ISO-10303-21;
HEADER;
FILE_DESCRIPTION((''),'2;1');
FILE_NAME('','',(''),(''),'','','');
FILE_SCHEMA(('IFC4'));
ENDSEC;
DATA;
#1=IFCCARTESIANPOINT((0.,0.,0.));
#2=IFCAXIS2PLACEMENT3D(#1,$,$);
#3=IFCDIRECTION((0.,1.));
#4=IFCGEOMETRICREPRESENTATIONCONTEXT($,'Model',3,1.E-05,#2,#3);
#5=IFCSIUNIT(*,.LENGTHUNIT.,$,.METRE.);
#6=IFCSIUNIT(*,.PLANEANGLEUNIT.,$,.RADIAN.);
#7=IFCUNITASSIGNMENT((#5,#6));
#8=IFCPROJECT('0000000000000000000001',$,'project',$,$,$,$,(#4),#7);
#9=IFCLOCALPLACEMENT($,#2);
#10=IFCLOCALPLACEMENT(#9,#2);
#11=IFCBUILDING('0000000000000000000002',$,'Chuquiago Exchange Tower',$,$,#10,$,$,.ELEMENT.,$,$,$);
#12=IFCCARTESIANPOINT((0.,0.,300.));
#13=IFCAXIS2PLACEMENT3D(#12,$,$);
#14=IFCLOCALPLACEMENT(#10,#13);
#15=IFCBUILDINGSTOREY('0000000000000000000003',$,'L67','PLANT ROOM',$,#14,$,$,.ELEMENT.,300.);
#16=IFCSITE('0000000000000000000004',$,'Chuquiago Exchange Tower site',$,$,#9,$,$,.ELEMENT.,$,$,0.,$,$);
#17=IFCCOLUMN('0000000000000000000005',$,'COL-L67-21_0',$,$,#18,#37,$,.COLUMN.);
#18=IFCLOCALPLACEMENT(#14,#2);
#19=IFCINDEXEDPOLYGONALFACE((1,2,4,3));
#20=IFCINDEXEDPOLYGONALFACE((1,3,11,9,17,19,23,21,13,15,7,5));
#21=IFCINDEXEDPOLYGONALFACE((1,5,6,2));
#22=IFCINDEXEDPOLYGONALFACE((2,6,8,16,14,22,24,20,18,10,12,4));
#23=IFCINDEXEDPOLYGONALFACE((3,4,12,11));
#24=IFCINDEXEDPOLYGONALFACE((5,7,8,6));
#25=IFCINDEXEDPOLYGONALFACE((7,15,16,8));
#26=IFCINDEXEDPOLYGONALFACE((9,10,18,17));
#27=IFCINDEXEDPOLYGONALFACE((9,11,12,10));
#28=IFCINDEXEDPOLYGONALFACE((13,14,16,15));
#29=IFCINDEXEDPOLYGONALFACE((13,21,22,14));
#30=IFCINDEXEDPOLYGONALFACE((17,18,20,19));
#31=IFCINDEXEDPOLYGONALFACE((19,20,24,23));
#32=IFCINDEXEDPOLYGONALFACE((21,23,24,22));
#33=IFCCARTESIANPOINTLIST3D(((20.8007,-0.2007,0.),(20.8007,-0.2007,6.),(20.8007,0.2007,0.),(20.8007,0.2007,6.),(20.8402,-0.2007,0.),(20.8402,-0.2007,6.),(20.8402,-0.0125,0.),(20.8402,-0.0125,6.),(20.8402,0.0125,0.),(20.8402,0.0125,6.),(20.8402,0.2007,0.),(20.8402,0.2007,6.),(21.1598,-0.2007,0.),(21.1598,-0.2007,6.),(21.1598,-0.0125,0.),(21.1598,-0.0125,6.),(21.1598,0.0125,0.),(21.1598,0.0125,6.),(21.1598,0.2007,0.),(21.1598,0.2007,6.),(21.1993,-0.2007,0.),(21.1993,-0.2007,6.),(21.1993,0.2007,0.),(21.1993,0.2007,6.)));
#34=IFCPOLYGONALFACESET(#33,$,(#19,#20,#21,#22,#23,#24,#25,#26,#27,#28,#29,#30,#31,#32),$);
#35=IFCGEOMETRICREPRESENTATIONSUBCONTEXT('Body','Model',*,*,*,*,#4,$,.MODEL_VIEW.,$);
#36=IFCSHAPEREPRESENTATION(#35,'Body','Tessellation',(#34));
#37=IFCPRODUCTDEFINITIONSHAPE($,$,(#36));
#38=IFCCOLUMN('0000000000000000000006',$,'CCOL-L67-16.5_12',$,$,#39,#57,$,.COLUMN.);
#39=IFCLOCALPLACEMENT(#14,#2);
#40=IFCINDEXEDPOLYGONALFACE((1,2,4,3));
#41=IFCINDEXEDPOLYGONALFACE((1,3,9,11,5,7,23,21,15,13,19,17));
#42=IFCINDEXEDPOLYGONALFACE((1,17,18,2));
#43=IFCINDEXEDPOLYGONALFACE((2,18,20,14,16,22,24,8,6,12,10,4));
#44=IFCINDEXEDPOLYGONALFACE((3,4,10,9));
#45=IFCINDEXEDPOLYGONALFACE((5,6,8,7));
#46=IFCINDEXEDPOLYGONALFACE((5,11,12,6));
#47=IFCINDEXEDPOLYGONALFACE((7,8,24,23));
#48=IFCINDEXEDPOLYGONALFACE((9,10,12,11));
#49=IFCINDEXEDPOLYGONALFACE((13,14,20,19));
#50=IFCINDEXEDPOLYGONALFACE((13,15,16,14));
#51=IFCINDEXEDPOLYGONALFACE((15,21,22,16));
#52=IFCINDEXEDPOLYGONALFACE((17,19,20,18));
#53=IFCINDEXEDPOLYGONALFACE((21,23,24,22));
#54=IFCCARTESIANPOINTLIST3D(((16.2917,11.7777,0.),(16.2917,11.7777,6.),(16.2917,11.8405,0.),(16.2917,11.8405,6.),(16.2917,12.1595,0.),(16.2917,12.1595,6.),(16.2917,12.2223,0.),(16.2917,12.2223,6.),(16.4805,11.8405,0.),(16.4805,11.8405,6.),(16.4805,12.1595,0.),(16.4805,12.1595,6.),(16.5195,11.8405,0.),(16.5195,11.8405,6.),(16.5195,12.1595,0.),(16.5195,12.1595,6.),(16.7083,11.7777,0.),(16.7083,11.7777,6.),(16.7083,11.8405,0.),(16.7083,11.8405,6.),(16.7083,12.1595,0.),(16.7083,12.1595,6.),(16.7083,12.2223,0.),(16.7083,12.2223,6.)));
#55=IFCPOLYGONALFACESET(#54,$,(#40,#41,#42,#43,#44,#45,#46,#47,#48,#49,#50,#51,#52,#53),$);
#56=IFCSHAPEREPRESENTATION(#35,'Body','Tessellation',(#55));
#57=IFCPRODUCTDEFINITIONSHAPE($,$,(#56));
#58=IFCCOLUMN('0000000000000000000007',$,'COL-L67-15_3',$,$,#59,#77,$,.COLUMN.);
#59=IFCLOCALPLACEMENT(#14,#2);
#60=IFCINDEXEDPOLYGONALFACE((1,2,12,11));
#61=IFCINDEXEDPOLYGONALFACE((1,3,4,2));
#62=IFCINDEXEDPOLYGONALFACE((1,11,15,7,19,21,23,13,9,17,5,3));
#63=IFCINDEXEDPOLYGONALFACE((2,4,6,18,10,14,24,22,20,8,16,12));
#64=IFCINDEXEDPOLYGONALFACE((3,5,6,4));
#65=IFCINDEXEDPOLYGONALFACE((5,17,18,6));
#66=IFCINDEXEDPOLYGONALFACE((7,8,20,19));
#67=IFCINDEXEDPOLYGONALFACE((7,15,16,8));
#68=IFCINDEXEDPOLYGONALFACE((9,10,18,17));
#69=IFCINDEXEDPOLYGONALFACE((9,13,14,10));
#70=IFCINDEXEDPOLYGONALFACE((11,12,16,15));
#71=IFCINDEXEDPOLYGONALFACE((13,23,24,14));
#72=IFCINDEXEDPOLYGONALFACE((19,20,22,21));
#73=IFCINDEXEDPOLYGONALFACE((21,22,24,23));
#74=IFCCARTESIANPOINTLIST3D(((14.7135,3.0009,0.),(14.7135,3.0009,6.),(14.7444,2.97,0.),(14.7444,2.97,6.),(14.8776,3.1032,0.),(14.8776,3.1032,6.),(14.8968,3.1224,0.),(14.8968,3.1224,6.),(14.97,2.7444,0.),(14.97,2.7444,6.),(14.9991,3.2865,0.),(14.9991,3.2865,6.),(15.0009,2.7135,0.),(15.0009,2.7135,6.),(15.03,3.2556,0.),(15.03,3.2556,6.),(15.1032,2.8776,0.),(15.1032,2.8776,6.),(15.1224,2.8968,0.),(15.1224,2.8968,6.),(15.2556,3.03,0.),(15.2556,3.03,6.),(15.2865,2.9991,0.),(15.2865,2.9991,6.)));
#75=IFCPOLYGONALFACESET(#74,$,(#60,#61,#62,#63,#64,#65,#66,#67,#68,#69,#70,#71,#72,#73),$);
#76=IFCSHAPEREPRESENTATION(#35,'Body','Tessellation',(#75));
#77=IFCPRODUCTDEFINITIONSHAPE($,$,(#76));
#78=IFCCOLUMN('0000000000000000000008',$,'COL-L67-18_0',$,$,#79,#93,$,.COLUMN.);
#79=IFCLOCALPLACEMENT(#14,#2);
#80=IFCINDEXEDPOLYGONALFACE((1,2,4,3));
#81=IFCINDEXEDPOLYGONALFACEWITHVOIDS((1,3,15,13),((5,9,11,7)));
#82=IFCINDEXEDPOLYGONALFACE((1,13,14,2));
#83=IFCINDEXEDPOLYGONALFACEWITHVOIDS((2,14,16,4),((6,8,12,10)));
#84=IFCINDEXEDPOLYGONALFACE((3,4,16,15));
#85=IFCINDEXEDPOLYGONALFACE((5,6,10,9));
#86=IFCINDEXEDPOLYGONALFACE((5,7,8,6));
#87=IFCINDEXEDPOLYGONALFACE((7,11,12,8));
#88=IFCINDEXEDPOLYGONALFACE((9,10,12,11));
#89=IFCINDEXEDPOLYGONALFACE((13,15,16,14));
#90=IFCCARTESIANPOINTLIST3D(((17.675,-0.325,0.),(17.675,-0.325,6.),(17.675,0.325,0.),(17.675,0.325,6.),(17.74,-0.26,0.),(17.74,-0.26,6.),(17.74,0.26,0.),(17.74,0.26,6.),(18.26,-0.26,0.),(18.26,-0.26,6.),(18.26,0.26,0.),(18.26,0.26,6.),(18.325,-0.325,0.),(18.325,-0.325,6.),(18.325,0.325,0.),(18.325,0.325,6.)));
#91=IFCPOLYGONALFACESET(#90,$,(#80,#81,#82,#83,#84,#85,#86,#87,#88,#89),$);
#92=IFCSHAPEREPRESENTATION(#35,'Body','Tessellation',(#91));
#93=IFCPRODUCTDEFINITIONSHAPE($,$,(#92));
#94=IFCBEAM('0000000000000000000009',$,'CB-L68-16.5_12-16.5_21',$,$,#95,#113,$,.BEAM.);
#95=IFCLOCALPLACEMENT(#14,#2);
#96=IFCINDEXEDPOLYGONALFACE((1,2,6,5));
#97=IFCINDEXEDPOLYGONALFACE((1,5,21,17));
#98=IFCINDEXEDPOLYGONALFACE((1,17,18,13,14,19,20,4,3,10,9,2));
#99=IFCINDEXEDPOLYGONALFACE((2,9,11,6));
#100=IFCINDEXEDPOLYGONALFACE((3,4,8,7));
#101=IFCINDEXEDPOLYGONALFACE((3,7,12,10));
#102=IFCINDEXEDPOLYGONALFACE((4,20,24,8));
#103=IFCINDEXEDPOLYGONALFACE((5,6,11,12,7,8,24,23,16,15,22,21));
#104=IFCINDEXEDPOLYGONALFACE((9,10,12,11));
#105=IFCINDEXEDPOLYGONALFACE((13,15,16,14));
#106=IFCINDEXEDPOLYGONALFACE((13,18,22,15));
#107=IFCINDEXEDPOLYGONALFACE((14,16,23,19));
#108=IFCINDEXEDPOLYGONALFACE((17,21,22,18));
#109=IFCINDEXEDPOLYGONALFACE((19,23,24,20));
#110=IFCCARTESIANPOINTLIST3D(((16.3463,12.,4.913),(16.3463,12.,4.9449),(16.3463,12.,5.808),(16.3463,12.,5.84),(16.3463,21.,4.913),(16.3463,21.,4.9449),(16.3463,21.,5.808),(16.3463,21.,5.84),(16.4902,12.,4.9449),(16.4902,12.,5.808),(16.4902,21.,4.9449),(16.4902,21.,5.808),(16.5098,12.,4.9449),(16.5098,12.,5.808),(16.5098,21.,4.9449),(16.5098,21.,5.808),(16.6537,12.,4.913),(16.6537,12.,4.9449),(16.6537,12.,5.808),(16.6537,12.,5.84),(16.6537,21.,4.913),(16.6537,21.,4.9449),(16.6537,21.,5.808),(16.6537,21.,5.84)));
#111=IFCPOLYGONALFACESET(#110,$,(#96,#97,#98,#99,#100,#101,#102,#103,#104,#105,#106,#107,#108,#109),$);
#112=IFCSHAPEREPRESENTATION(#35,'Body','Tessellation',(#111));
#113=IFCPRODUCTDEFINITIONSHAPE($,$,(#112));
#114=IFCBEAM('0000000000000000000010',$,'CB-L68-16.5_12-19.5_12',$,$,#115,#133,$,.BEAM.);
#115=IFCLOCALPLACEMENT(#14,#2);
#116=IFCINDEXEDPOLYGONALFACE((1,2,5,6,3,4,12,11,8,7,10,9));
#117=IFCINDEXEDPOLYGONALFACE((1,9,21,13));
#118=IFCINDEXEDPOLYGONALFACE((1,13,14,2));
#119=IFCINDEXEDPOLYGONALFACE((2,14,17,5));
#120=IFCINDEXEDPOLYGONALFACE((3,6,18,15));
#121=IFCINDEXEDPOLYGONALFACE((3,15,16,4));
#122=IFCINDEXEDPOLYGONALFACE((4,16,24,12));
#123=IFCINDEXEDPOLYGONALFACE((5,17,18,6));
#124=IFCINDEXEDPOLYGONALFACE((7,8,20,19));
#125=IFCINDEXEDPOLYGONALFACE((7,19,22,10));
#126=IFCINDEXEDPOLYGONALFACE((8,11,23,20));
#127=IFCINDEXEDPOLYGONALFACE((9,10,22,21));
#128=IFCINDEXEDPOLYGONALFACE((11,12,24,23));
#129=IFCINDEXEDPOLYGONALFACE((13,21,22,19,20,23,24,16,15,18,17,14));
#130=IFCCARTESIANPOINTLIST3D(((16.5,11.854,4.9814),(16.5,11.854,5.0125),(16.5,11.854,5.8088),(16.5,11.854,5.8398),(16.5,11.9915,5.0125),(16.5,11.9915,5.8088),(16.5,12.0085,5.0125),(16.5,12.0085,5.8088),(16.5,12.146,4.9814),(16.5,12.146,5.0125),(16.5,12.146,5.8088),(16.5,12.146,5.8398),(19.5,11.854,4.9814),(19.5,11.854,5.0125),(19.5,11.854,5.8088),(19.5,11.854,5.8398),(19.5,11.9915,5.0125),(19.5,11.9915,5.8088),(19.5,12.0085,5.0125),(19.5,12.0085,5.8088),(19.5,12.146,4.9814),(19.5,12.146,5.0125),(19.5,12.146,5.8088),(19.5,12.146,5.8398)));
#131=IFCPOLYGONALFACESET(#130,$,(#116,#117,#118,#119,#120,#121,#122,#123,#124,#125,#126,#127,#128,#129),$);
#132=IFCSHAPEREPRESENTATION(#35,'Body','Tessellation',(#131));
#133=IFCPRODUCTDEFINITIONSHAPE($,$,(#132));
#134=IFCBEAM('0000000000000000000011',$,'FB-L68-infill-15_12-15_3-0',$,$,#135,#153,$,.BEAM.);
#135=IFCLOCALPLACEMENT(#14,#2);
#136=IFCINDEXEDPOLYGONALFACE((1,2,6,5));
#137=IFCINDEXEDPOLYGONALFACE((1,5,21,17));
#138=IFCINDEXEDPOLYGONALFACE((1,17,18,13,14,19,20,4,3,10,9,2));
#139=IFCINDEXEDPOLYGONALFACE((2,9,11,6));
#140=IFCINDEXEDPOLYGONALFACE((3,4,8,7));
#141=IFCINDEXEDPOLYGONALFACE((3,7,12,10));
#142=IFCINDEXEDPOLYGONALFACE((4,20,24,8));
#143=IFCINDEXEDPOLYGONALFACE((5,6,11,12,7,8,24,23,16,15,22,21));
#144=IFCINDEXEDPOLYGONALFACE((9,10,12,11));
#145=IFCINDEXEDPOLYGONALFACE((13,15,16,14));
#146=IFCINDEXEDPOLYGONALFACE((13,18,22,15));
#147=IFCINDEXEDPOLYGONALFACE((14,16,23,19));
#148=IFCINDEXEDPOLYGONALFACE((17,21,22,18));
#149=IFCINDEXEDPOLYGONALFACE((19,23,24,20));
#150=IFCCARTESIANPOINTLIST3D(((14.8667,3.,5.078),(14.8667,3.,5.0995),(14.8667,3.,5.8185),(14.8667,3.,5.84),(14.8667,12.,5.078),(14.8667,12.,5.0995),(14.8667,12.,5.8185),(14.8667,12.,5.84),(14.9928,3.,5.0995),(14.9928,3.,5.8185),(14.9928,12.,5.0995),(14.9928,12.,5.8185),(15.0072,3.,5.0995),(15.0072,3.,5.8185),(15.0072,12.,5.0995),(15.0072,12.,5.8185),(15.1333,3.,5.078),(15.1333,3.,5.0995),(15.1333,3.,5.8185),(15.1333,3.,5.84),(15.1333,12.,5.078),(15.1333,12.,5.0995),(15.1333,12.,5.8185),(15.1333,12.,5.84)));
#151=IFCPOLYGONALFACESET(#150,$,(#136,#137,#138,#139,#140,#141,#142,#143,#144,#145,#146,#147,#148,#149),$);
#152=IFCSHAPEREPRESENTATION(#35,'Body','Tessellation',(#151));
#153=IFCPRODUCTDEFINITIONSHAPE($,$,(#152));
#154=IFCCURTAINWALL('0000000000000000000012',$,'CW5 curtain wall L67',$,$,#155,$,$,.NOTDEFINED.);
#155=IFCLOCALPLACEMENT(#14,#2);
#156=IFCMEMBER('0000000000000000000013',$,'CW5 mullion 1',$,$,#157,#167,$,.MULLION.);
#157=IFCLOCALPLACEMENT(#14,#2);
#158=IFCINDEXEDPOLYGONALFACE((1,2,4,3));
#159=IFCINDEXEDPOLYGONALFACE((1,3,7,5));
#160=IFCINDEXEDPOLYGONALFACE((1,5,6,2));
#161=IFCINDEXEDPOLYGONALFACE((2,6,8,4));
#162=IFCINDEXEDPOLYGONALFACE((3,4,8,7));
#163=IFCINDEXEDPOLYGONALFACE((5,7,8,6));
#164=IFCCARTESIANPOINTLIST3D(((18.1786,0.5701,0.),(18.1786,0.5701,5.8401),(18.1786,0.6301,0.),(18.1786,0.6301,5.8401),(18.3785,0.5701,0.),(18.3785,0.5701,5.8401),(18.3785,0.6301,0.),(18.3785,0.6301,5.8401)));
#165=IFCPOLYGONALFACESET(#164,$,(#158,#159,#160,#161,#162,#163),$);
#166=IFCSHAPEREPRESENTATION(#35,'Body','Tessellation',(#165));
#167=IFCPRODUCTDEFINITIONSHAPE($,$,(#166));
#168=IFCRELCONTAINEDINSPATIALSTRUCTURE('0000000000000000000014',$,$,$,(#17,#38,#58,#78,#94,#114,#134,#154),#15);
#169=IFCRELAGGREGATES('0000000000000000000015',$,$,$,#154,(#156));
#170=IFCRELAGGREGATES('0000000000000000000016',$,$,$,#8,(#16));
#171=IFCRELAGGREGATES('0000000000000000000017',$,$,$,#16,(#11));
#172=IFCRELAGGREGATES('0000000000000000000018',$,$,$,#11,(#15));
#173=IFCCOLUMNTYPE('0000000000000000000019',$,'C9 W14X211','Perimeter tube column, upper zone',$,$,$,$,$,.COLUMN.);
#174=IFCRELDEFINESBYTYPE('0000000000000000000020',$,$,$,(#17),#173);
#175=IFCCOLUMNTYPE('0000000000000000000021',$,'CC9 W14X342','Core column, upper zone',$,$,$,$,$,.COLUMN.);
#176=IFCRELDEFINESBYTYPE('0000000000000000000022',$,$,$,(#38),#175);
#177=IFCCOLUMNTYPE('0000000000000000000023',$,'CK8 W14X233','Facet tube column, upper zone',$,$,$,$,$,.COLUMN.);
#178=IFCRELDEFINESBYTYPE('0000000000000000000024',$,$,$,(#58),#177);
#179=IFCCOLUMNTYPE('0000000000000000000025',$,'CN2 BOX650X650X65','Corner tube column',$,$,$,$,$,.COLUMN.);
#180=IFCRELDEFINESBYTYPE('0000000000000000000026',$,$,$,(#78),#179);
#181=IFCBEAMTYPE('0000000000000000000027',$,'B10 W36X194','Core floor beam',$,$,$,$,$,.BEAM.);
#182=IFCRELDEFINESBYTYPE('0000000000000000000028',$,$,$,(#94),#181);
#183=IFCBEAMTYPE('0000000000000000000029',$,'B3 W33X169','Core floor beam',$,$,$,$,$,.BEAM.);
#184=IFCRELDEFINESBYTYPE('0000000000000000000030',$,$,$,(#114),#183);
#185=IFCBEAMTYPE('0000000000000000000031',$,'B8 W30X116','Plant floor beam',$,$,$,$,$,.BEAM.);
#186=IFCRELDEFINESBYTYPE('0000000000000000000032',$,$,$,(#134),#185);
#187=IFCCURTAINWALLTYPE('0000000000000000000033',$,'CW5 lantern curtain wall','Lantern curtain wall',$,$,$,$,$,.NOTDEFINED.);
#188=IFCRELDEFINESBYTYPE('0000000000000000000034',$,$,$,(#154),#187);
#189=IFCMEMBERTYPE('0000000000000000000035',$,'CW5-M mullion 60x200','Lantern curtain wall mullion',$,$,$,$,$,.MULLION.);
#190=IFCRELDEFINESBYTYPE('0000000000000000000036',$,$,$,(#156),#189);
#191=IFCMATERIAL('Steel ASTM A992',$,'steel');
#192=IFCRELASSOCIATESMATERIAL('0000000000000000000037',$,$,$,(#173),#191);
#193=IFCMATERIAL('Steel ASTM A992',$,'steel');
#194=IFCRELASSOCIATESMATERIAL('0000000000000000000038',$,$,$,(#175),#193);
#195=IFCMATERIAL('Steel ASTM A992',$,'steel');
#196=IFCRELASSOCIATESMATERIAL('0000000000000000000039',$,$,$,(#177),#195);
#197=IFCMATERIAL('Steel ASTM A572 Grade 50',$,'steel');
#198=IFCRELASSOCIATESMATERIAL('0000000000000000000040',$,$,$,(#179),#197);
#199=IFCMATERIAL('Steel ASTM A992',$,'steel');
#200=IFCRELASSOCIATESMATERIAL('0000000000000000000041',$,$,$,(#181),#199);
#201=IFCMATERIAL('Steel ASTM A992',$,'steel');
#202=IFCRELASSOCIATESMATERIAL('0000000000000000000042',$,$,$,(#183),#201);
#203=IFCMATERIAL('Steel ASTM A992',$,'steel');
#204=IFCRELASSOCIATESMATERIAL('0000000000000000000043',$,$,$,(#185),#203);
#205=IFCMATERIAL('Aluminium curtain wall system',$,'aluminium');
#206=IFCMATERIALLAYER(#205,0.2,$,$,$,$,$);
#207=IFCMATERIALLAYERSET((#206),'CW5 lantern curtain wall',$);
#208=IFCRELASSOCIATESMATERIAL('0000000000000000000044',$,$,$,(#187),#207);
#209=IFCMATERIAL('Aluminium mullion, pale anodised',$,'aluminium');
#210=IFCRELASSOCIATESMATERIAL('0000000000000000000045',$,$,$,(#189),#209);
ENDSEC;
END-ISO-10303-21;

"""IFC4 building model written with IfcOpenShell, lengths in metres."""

from ifc_helpers import new_model, si_unit, direction, frame, origin, origin_2d, place, context, subcontext, project, spatial, rectangle, hollow_rectangle, i_section, extrude, material, layer, layer_set, material_profile, profile_set, type_object, element, aggregate, save


model = new_model("IFC4")

# Units and contexts
model_context = context("Model", 3, precision=1e-05, world=origin(), true_north=direction((0.0, 1.0)))
body_context = subcontext(model_context, "Body", "Model", "MODEL_VIEW")
ifc_project = project(units=[si_unit("LENGTHUNIT", "METRE"), si_unit("PLANEANGLEUNIT", "RADIAN")], contexts=[model_context])

# Site, building, storey
site_placement = place(None, origin())
site = spatial("IfcSite", under=ifc_project, at=site_placement, Name="Chuquiago Exchange Tower site", CompositionType="ELEMENT", RefElevation=0.0)
building_placement = place(site_placement, origin())
building = spatial("IfcBuilding", under=site, at=building_placement, Name="Chuquiago Exchange Tower", CompositionType="ELEMENT")
storey_placement = place(building_placement, frame((0.0, 0.0, 300.0)))
storey = spatial("IfcBuildingStorey", under=building, at=storey_placement, Name="L67", Description="PLANT ROOM", CompositionType="ELEMENT", Elevation=300.0)

# Columns
ifc_material_1 = material(Name="Steel ASTM A992", Category="steel")
ifc_material_profile_1 = material_profile(ifc_material_1, i_section(OverallWidth=0.4014, OverallDepth=0.3987, WebThickness=0.0249, FlangeThickness=0.0396, at=origin_2d()), Name="W14X211")
ifc_profile_set_1 = profile_set([ifc_material_profile_1], Name="Steel ASTM A992")
column_type_1 = type_object("IfcColumnType", Name="C9 W14X211", Description="Perimeter tube column, upper zone", PredefinedType="COLUMN", material=ifc_profile_set_1)
column_1_placement = place(storey_placement, frame((21.0, 0.0, 0.0), z_axis=(0.0, 0.0, 1.0), x_axis=(0.0, -1.0, 0.0)))
element("IfcColumn", 1, at=column_1_placement, inside=storey, type_object=column_type_1, Name="COL-L67-21_0", PredefinedType="COLUMN", context=body_context, shape_type="SweptSolid", body=[
    extrude(i_section(OverallWidth=0.4014, OverallDepth=0.3987, WebThickness=0.0249, FlangeThickness=0.0396, at=origin_2d()), origin(), (0.0, 0.0, 1.0), 6.0),
])
ifc_material_2 = material(Name="Steel ASTM A992", Category="steel")
ifc_material_profile_2 = material_profile(ifc_material_2, i_section(OverallWidth=0.4165, OverallDepth=0.4446, WebThickness=0.0391, FlangeThickness=0.0627, at=origin_2d()), Name="W14X342")
ifc_profile_set_2 = profile_set([ifc_material_profile_2], Name="Steel ASTM A992")
column_type_2 = type_object("IfcColumnType", Name="CC9 W14X342", Description="Core column, upper zone", PredefinedType="COLUMN", material=ifc_profile_set_2)
column_2_placement = place(storey_placement, frame((16.5, 12.0, 0.0), z_axis=(0.0, 0.0, 1.0), x_axis=(1.0, 0.0, 0.0)))
element("IfcColumn", 2, at=column_2_placement, inside=storey, type_object=column_type_2, Name="CCOL-L67-16.5_12", PredefinedType="COLUMN", context=body_context, shape_type="SweptSolid", body=[
    extrude(i_section(OverallWidth=0.4165, OverallDepth=0.4446, WebThickness=0.0391, FlangeThickness=0.0627, at=origin_2d()), origin(), (0.0, 0.0, 1.0), 6.0),
])
ifc_material_3 = material(Name="Steel ASTM A992", Category="steel")
ifc_material_profile_3 = material_profile(ifc_material_3, i_section(OverallWidth=0.4038, OverallDepth=0.4065, WebThickness=0.0271, FlangeThickness=0.0437, at=origin_2d()), Name="W14X233")
ifc_profile_set_3 = profile_set([ifc_material_profile_3], Name="Steel ASTM A992")
column_type_3 = type_object("IfcColumnType", Name="CK8 W14X233", Description="Facet tube column, upper zone", PredefinedType="COLUMN", material=ifc_profile_set_3)
column_3_placement = place(storey_placement, frame((15.0, 3.0, 0.0), z_axis=(0.0, 0.0, 1.0), x_axis=(-0.707107, -0.707107, 0.0)))
element("IfcColumn", 3, at=column_3_placement, inside=storey, type_object=column_type_3, Name="COL-L67-15_3", PredefinedType="COLUMN", context=body_context, shape_type="SweptSolid", body=[
    extrude(i_section(OverallWidth=0.4038, OverallDepth=0.4065, WebThickness=0.0271, FlangeThickness=0.0437, at=origin_2d()), origin(), (0.0, 0.0, 1.0), 6.0),
])
ifc_material_4 = material(Name="Steel ASTM A572 Grade 50", Category="steel")
ifc_material_profile_4 = material_profile(ifc_material_4, hollow_rectangle(XDim=0.6499, YDim=0.6499, WallThickness=0.0649, at=origin_2d()), Name="BOX650X650X65")
ifc_profile_set_4 = profile_set([ifc_material_profile_4], Name="Steel ASTM A572 Grade 50")
column_type_4 = type_object("IfcColumnType", Name="CN2 BOX650X650X65", Description="Corner tube column", PredefinedType="COLUMN", material=ifc_profile_set_4)
column_4_placement = place(storey_placement, frame((18.0, 0.0, 0.0), z_axis=(0.0, 0.0, 1.0), x_axis=(0.0, -1.0, 0.0)))
element("IfcColumn", 4, at=column_4_placement, inside=storey, type_object=column_type_4, Name="COL-L67-18_0", PredefinedType="COLUMN", context=body_context, shape_type="SweptSolid", body=[
    extrude(hollow_rectangle(XDim=0.6499, YDim=0.6499, WallThickness=0.0649, at=origin_2d()), origin(), (0.0, 0.0, 1.0), 6.0),
])

# Beams
ifc_material_5 = material(Name="Steel ASTM A992", Category="steel")
ifc_material_profile_5 = material_profile(ifc_material_5, i_section(OverallWidth=0.3074, OverallDepth=0.927, WebThickness=0.0195, FlangeThickness=0.032, at=origin_2d()), Name="W36X194")
ifc_profile_set_5 = profile_set([ifc_material_profile_5], Name="Steel ASTM A992")
beam_type_1 = type_object("IfcBeamType", Name="B10 W36X194", Description="Core floor beam", PredefinedType="BEAM", material=ifc_profile_set_5)
beam_1_placement = place(storey_placement, frame((16.5, 12.0, 5.3765), z_axis=(0.0, 1.0, 0.0), x_axis=(-1.0, 0.0, 0.0)))
element("IfcBeam", 5, at=beam_1_placement, inside=storey, type_object=beam_type_1, Name="CB-L68-16.5_12-16.5_21", PredefinedType="BEAM", context=body_context, shape_type="SweptSolid", body=[
    extrude(i_section(OverallWidth=0.3074, OverallDepth=0.927, WebThickness=0.0195, FlangeThickness=0.032, at=origin_2d()), origin(), (0.0, 0.0, 1.0), 9.0),
])
ifc_material_6 = material(Name="Steel ASTM A992", Category="steel")
ifc_material_profile_6 = material_profile(ifc_material_6, i_section(OverallWidth=0.292, OverallDepth=0.8584, WebThickness=0.0171, FlangeThickness=0.031, at=origin_2d()), Name="W33X169")
ifc_profile_set_6 = profile_set([ifc_material_profile_6], Name="Steel ASTM A992")
beam_type_2 = type_object("IfcBeamType", Name="B3 W33X169", Description="Core floor beam", PredefinedType="BEAM", material=ifc_profile_set_6)
beam_2_placement = place(storey_placement, frame((16.5, 12.0, 5.4106), z_axis=(1.0, 0.0, 0.0), x_axis=(0.0, 1.0, 0.0)))
element("IfcBeam", 6, at=beam_2_placement, inside=storey, type_object=beam_type_2, Name="CB-L68-16.5_12-19.5_12", PredefinedType="BEAM", context=body_context, shape_type="SweptSolid", body=[
    extrude(i_section(OverallWidth=0.292, OverallDepth=0.8584, WebThickness=0.0171, FlangeThickness=0.031, at=origin_2d()), origin(), (0.0, 0.0, 1.0), 3.0),
])
ifc_material_7 = material(Name="Steel ASTM A992", Category="steel")
ifc_material_profile_7 = material_profile(ifc_material_7, i_section(OverallWidth=0.2666, OverallDepth=0.762, WebThickness=0.0144, FlangeThickness=0.0215, at=origin_2d()), Name="W30X116")
ifc_profile_set_7 = profile_set([ifc_material_profile_7], Name="Steel ASTM A992")
beam_type_3 = type_object("IfcBeamType", Name="B8 W30X116", Description="Plant floor beam", PredefinedType="BEAM", material=ifc_profile_set_7)
beam_3_placement = place(storey_placement, frame((15.0, 12.0, 5.459), z_axis=(0.0, -1.0, 0.0), x_axis=(1.0, 0.0, 0.0)))
element("IfcBeam", 7, at=beam_3_placement, inside=storey, type_object=beam_type_3, Name="FB-L68-infill-15_12-15_3-0", PredefinedType="BEAM", context=body_context, shape_type="SweptSolid", body=[
    extrude(i_section(OverallWidth=0.2666, OverallDepth=0.762, WebThickness=0.0144, FlangeThickness=0.0215, at=origin_2d()), origin(), (0.0, 0.0, 1.0), 9.0),
])

# Curtain wall, member
ifc_material_8 = material(Name="Aluminium curtain wall system", Category="aluminium")
ifc_layer_1 = layer(ifc_material_8, 0.2)
ifc_layer_set_1 = layer_set([ifc_layer_1], Name="CW5 lantern curtain wall")
curtain_wall_type = type_object("IfcCurtainWallType", Name="CW5 lantern curtain wall", Description="Lantern curtain wall", PredefinedType="NOTDEFINED", material=ifc_layer_set_1)
curtain_wall_1_placement = place(storey_placement, origin())
curtain_wall_1 = element("IfcCurtainWall", 8, at=curtain_wall_1_placement, inside=storey, type_object=curtain_wall_type, Name="CW5 curtain wall L67", PredefinedType="NOTDEFINED")
ifc_material_9 = material(Name="Aluminium mullion, pale anodised", Category="aluminium")
ifc_material_profile_8 = material_profile(ifc_material_9, rectangle(XDim=0.0601, YDim=0.2, at=origin_2d()), Name="AL 60x200")
ifc_profile_set_8 = profile_set([ifc_material_profile_8], Name="Aluminium mullion, pale anodised")
member_type_1 = type_object("IfcMemberType", Name="CW5-M mullion 60x200", Description="Lantern curtain wall mullion", PredefinedType="MULLION", material=ifc_profile_set_8)
member_1_placement = place(storey_placement, frame((18.2786, 0.6001, 0.0), z_axis=(0.0, 0.0, 1.0), x_axis=(0.0, 1.0, 0.0)))
member_1 = element("IfcMember", 9, at=member_1_placement, type_object=member_type_1, Name="CW5 mullion 1", PredefinedType="MULLION", context=body_context, shape_type="SweptSolid", body=[
    extrude(rectangle(XDim=0.0601, YDim=0.2, at=origin_2d()), origin(), (0.0, 0.0, 1.0), 5.8401),
])

aggregate(curtain_wall_1, [member_1])

save(model, "model.ifc")
